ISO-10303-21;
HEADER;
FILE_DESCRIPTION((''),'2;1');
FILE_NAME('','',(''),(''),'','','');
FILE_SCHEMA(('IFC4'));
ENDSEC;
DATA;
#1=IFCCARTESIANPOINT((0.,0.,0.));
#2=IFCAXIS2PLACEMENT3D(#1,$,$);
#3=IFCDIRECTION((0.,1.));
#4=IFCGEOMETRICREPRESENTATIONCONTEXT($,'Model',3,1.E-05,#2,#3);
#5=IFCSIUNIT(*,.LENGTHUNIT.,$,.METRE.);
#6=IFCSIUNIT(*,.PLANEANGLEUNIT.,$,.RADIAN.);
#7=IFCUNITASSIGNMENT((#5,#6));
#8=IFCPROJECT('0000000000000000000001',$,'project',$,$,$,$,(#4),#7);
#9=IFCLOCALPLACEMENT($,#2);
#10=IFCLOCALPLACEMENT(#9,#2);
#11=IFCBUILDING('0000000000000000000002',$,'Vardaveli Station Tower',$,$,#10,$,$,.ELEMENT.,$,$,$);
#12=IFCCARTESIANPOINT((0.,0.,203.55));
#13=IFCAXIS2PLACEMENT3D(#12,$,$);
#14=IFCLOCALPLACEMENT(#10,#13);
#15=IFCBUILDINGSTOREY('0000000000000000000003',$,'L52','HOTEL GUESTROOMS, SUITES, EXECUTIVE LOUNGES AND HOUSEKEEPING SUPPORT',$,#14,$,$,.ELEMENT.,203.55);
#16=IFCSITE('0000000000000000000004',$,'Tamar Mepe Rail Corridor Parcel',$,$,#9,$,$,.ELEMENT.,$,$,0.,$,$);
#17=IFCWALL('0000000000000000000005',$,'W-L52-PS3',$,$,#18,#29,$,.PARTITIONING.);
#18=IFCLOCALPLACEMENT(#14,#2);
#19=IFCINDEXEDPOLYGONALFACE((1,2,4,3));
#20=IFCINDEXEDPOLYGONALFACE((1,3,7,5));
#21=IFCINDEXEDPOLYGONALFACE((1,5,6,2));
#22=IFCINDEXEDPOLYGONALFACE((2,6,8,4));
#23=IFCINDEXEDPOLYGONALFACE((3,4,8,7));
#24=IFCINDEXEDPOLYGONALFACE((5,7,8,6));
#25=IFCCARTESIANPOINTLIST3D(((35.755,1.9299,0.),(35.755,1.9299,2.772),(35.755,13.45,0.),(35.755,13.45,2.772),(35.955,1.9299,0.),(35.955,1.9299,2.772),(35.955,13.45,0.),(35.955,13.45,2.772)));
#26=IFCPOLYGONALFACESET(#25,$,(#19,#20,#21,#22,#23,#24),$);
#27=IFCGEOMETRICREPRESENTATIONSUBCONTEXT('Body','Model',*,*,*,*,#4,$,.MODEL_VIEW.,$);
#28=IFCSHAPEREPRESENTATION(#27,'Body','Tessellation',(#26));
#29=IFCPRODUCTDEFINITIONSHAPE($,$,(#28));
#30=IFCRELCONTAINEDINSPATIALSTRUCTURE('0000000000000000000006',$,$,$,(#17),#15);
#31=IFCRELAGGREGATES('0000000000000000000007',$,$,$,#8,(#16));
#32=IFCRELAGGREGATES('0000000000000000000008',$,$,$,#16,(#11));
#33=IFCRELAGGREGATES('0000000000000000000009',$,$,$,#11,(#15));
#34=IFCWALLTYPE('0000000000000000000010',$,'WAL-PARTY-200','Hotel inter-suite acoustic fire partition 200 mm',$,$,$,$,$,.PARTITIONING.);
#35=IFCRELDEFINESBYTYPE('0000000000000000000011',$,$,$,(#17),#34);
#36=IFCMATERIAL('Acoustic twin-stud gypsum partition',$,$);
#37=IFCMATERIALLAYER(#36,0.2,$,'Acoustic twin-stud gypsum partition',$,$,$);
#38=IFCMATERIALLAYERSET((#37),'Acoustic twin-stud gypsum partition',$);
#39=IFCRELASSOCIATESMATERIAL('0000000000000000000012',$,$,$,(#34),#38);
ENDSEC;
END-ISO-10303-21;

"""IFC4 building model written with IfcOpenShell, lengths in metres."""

from ifc_helpers import new_model, si_unit, direction, frame, frame_2d, origin, place, context, subcontext, project, spatial, rectangle, extrude, source, transform, mapped, material, layer, layer_set, type_object, element, save


model = new_model("IFC4")

# Units and contexts
model_context = context("Model", 3, precision=1e-05, world=origin(), true_north=direction((0.0, 1.0)))
body_context = subcontext(model_context, "Body", "Model", "MODEL_VIEW")
ifc_project = project(units=[si_unit("LENGTHUNIT", "METRE"), si_unit("PLANEANGLEUNIT", "RADIAN")], contexts=[model_context])

# Site, building, storey
site_placement = place(None, origin())
site = spatial("IfcSite", under=ifc_project, at=site_placement, Name="Tamar Mepe Rail Corridor Parcel", CompositionType="ELEMENT", RefElevation=0.0)
building_placement = place(site_placement, origin())
building = spatial("IfcBuilding", under=site, at=building_placement, Name="Vardaveli Station Tower", CompositionType="ELEMENT")
storey_placement = place(building_placement, frame((0.0, 0.0, 203.55)))
storey = spatial("IfcBuildingStorey", under=building, at=storey_placement, Name="L52", Description="HOTEL GUESTROOMS, SUITES, EXECUTIVE LOUNGES AND HOUSEKEEPING SUPPORT", CompositionType="ELEMENT", Elevation=203.55)

# Wall
ifc_material_1 = material(Name="Acoustic twin-stud gypsum partition")
ifc_layer_1 = layer(ifc_material_1, 0.2, Name="Acoustic twin-stud gypsum partition")
ifc_layer_set_1 = layer_set([ifc_layer_1], Name="Acoustic twin-stud gypsum partition")
wall_type_1 = type_object("IfcWallType", Name="WAL-PARTY-200", Description="Hotel inter-suite acoustic fire partition 200 mm", PredefinedType="PARTITIONING", material=ifc_layer_set_1)
shared_shape_1 = source(origin(), body_context, "Body", "SweptSolid", [
    extrude(rectangle(XDim=11.52, YDim=0.2, at=frame_2d((5.76, 0.0))), origin(), (0.0, 0.0, 1.0), 2.772),
])
wall_1_placement = place(storey_placement, frame((35.855, 1.9299, 0.0), z_axis=(0.0, 0.0, 1.0), x_axis=(0.0, 1.0, 0.0)))
element("IfcWall", 1, at=wall_1_placement, inside=storey, type_object=wall_type_1, Name="W-L52-PS3", PredefinedType="PARTITIONING", context=body_context, shape_type="MappedRepresentation", body=[
    mapped(shared_shape_1, transform((0.0, 0.0, 0.0), scale=1.0)),
])

save(model, "model.ifc")
